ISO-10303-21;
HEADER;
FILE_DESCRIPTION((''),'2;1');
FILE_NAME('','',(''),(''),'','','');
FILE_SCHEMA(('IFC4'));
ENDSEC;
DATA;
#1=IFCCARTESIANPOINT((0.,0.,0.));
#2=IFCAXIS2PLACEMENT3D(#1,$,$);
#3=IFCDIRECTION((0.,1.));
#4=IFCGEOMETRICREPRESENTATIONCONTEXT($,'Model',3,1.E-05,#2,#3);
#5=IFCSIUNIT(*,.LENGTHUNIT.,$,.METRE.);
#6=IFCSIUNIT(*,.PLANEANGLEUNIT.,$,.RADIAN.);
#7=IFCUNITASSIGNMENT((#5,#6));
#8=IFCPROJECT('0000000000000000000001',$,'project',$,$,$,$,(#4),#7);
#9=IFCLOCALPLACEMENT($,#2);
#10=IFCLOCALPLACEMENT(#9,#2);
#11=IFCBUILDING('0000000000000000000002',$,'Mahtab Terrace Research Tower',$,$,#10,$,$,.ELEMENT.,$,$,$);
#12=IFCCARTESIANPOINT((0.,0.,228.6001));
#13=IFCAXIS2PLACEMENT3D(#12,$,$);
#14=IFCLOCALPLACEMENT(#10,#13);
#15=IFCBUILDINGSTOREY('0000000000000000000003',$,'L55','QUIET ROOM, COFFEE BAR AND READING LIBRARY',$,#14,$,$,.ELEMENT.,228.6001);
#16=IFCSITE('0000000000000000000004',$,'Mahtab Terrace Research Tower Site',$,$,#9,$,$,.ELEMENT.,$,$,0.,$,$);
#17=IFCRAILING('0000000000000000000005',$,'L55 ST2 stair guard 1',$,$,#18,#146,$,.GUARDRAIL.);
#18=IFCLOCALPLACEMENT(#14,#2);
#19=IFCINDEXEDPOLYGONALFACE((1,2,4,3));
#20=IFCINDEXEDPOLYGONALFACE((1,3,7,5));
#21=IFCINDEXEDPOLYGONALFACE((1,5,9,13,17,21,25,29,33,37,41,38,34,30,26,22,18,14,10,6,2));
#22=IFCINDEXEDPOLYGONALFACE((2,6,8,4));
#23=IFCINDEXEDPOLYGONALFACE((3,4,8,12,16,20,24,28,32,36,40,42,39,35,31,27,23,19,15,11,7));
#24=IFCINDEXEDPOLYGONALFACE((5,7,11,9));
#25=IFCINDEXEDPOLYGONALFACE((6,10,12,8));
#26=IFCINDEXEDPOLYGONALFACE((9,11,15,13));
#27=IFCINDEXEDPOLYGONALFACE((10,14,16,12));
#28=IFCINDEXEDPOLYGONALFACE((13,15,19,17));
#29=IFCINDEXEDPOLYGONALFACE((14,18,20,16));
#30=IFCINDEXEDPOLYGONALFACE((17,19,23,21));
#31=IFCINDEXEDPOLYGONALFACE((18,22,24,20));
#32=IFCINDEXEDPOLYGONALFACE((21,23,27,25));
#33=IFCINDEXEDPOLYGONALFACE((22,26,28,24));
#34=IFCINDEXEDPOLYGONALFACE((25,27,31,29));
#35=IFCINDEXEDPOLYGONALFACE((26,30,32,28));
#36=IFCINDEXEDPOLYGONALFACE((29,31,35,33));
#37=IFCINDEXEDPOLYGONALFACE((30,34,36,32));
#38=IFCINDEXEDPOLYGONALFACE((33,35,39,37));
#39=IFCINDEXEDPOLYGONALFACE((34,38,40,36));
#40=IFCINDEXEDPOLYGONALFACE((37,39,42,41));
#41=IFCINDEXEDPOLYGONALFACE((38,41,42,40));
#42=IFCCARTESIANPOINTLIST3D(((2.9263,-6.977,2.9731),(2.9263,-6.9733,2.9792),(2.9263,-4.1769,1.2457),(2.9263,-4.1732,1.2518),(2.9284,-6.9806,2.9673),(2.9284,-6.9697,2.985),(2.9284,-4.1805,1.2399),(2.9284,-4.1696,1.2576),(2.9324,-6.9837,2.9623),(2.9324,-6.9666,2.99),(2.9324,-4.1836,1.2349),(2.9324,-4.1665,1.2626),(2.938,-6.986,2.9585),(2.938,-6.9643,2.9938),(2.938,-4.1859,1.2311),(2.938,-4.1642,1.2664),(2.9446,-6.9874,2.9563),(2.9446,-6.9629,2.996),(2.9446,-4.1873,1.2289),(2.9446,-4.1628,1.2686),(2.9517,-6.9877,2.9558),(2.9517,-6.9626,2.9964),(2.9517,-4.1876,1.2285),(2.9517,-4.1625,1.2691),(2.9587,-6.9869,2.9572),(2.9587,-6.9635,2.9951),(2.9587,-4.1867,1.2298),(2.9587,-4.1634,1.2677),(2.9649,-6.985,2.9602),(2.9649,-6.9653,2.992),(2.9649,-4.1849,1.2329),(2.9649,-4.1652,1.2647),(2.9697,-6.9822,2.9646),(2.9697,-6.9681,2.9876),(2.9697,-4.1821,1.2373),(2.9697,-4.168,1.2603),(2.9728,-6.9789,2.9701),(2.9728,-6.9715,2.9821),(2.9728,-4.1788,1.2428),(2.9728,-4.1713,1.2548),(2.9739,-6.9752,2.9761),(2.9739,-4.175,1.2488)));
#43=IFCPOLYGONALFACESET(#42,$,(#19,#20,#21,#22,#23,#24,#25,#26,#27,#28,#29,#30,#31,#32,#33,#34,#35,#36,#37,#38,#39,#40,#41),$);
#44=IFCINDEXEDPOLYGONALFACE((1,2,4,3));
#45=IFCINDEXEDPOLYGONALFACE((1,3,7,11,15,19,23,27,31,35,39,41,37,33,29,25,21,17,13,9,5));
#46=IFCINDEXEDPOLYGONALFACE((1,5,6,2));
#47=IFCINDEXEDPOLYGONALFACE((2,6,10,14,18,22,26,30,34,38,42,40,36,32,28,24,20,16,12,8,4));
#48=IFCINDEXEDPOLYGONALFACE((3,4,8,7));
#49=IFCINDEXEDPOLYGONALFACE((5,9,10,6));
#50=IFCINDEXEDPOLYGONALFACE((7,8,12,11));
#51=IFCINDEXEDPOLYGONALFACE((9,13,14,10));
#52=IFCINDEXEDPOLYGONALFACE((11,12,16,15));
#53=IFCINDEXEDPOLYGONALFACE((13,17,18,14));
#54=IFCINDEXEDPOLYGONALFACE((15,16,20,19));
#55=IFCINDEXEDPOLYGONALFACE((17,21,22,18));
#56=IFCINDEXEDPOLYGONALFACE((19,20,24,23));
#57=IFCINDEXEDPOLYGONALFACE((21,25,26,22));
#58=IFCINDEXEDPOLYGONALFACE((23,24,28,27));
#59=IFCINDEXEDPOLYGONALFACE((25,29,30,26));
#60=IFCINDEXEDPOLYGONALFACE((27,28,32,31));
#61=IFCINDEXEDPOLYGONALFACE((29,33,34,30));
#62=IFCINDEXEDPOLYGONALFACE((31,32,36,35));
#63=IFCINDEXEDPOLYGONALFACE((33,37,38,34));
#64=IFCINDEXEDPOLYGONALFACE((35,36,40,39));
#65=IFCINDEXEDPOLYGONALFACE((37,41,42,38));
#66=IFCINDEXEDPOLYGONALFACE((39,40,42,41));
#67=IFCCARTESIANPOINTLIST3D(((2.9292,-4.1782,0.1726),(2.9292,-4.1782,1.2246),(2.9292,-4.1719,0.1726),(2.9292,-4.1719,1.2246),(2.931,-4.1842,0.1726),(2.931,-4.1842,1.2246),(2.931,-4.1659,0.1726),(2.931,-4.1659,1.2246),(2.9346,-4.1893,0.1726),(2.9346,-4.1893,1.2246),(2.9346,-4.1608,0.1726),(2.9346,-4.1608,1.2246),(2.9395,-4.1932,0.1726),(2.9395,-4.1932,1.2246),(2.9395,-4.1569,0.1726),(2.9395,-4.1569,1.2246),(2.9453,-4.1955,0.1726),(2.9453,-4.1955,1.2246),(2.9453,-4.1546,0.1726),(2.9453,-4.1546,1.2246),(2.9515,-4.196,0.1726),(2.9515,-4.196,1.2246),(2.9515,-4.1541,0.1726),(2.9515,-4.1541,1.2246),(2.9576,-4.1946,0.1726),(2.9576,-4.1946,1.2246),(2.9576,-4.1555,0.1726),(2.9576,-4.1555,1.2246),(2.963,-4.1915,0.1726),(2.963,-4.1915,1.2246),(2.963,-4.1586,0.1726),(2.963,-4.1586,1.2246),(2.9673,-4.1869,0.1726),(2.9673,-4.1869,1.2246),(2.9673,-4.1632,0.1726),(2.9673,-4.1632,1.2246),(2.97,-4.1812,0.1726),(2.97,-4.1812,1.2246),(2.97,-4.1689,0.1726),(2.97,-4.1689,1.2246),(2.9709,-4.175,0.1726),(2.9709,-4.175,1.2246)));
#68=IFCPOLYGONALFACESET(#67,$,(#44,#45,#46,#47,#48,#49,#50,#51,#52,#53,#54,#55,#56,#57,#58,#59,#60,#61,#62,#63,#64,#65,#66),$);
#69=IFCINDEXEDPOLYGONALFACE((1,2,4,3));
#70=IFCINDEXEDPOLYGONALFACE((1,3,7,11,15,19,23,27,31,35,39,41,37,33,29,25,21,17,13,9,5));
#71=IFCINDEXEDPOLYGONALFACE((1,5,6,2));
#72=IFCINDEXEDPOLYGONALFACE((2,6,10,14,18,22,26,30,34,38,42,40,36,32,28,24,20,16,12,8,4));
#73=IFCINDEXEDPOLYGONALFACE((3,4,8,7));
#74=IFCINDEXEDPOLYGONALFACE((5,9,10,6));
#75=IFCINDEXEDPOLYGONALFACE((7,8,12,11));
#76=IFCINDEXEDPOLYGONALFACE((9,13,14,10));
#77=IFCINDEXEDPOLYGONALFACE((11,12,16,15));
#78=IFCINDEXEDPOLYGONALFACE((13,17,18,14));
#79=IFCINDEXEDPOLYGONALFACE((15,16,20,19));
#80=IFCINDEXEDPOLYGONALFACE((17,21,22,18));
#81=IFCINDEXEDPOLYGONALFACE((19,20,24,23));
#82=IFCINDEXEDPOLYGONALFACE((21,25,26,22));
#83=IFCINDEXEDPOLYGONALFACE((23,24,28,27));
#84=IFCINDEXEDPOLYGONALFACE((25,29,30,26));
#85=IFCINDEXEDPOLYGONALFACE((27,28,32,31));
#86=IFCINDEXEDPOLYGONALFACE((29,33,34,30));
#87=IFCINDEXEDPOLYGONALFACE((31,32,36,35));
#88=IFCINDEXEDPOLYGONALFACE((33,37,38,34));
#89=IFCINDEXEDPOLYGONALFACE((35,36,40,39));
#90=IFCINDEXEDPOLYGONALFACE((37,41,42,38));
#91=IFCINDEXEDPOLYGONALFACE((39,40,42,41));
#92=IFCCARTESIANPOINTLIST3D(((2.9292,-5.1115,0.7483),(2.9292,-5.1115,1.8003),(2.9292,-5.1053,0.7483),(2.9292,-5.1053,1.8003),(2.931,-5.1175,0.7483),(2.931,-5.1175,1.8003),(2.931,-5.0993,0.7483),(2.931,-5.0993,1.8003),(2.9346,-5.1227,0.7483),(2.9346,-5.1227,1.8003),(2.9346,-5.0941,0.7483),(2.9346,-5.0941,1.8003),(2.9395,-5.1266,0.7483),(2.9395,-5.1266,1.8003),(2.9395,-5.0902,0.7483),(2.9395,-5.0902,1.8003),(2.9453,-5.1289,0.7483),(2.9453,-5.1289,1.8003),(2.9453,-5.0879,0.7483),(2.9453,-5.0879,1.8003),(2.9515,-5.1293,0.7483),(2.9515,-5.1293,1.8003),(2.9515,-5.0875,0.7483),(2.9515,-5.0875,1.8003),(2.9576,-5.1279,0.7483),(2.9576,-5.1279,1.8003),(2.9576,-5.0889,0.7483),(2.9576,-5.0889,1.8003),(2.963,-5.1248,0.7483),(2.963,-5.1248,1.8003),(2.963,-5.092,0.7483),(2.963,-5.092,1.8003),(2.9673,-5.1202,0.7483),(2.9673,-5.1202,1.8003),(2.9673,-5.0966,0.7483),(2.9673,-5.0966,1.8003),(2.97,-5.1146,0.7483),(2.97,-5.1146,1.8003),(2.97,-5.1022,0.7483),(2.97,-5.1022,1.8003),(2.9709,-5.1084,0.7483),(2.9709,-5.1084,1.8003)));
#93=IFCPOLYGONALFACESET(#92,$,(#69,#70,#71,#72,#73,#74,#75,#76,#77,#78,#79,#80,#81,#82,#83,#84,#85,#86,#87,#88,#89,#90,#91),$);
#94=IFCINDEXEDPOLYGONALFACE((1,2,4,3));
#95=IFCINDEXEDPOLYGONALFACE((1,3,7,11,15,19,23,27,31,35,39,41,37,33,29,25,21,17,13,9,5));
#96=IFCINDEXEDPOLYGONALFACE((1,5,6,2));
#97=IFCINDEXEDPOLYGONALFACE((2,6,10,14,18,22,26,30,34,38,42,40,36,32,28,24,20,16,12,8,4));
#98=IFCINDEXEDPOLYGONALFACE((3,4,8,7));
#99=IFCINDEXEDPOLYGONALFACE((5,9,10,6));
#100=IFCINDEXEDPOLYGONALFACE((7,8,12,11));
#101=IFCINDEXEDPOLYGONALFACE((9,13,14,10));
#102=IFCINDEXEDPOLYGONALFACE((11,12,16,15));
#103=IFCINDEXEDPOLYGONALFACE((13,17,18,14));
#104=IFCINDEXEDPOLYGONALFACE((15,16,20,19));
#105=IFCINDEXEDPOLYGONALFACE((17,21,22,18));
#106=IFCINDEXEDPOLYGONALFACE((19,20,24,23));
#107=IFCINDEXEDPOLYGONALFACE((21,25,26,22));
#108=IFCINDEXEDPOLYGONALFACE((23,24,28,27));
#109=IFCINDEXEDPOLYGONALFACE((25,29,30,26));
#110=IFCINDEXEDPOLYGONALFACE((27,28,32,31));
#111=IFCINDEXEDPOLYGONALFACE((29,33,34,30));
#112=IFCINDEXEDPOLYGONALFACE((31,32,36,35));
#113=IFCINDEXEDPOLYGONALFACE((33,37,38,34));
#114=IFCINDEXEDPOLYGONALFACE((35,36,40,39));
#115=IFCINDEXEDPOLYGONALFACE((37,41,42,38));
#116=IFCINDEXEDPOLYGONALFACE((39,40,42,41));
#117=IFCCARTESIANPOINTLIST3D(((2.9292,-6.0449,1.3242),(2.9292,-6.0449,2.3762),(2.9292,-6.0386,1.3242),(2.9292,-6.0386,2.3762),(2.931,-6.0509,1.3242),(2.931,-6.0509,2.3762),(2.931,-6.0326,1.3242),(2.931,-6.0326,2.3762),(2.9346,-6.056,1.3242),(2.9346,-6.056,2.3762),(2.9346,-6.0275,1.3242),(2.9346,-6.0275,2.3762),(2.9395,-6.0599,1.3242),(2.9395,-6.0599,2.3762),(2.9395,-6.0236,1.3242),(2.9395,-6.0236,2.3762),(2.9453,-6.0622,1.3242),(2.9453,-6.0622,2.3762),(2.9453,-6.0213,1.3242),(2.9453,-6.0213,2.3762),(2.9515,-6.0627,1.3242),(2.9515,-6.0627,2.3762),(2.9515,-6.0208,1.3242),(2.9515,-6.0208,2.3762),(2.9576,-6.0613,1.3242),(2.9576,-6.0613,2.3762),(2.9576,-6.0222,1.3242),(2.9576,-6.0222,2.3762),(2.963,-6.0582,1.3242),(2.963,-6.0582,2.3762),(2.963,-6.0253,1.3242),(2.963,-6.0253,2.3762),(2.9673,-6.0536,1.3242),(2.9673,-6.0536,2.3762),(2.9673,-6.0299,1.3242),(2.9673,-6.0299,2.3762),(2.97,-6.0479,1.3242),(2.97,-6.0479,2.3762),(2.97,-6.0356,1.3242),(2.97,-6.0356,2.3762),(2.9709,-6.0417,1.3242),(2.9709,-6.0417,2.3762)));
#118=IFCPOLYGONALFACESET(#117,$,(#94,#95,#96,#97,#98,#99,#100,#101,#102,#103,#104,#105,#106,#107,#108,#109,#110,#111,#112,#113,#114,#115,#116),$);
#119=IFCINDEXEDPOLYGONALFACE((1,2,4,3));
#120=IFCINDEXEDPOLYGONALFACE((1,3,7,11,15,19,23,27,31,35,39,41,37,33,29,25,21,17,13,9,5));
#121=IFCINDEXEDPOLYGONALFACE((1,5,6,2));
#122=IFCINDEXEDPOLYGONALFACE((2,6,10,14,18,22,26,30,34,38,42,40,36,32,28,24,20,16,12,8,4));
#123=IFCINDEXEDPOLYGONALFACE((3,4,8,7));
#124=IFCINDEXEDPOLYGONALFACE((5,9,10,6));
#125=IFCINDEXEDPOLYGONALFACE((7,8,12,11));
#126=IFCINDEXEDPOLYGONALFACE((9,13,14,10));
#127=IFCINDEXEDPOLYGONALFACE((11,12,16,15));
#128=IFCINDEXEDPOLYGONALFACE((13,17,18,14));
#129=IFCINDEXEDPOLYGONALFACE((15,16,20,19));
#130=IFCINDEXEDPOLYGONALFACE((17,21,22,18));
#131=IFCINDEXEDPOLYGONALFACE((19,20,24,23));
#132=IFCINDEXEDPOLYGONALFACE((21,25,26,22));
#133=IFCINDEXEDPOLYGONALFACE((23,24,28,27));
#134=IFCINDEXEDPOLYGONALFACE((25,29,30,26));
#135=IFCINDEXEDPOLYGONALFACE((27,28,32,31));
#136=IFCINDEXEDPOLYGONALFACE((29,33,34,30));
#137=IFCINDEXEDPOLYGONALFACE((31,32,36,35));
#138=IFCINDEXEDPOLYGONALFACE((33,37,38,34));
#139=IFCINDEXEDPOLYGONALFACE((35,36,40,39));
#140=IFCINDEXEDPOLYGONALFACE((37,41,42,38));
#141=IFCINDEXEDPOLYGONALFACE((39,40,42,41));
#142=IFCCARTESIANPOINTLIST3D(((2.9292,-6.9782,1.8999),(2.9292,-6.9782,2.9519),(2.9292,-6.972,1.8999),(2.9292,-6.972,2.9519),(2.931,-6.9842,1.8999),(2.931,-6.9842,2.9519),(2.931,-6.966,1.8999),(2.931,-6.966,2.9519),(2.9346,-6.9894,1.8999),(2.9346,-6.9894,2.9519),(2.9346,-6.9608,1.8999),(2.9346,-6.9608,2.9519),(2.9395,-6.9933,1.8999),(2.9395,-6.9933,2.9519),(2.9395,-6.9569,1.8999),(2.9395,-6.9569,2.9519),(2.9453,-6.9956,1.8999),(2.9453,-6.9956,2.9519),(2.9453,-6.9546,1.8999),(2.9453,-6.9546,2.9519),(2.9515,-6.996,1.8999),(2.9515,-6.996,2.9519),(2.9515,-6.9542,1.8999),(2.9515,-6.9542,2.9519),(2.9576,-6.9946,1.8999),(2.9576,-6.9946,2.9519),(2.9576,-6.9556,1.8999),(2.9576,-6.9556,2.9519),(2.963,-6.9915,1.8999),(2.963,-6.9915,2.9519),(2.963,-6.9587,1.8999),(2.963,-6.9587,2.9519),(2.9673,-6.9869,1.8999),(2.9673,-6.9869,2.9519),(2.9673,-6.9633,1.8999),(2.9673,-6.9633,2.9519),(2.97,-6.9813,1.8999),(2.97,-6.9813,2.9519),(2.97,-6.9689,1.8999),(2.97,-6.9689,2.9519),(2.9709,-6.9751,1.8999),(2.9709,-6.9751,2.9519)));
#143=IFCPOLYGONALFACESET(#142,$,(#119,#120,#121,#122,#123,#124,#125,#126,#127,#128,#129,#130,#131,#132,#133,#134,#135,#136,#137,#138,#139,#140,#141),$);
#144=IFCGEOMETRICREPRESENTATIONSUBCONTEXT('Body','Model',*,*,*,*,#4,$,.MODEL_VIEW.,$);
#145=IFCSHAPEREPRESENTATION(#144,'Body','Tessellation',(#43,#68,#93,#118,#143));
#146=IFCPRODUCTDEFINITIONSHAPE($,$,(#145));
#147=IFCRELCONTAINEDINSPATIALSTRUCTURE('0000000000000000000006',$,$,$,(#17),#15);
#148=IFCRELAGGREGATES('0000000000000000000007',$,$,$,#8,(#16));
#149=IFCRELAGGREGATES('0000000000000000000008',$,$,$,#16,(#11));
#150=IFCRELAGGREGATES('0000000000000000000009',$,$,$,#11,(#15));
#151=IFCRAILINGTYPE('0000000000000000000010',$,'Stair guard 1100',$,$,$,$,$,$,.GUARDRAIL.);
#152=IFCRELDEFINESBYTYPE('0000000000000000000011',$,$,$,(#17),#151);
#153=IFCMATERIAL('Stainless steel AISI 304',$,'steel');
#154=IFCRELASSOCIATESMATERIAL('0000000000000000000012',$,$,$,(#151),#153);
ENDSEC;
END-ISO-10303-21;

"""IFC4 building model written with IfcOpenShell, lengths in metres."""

from ifc_helpers import new_model, si_unit, direction, frame, origin, origin_2d, place, context, subcontext, project, spatial, circle, extrude, material, type_object, element, save


model = new_model("IFC4")

# Units and contexts
model_context = context("Model", 3, precision=1e-05, world=origin(), true_north=direction((0.0, 1.0)))
body_context = subcontext(model_context, "Body", "Model", "MODEL_VIEW")
ifc_project = project(units=[si_unit("LENGTHUNIT", "METRE"), si_unit("PLANEANGLEUNIT", "RADIAN")], contexts=[model_context])

# Site, building, storey
site_placement = place(None, origin())
site = spatial("IfcSite", under=ifc_project, at=site_placement, Name="Mahtab Terrace Research Tower Site", CompositionType="ELEMENT", RefElevation=0.0)
building_placement = place(site_placement, origin())
building = spatial("IfcBuilding", under=site, at=building_placement, Name="Mahtab Terrace Research Tower", CompositionType="ELEMENT")
storey_placement = place(building_placement, frame((0.0, 0.0, 228.6001)))
storey = spatial("IfcBuildingStorey", under=building, at=storey_placement, Name="L55", Description="QUIET ROOM, COFFEE BAR AND READING LIBRARY", CompositionType="ELEMENT", Elevation=228.6001)

# Shared definitions
ifc_material_1 = material(Name="Stainless steel AISI 304", Category="steel")

# Railing
railing_type_1 = type_object("IfcRailingType", Name="Stair guard 1100", PredefinedType="GUARDRAIL", material=ifc_material_1)
railing_1_placement = place(storey_placement, frame((2.95, -4.175, 0.1726)))
element("IfcRailing", 1, at=railing_1_placement, inside=storey, type_object=railing_type_1, Name="L55 ST2 stair guard 1", PredefinedType="GUARDRAIL", context=body_context, shape_type="SweptSolid", body=[
    extrude(circle(Radius=0.0239, at=origin_2d()), frame((0.0, 0.0, 1.0762), z_axis=(0.0, -0.85109, 0.52502), x_axis=(1.0, 0.0, 0.0)), (0.0, 0.0, 1.0), 3.29),
    extrude(circle(Radius=0.021, at=origin_2d()), origin(), (0.0, 0.0, 1.0), 1.052),
    extrude(circle(Radius=0.021, at=origin_2d()), frame((0.0, -0.9333, 0.5757)), (0.0, 0.0, 1.0), 1.052),
    extrude(circle(Radius=0.021, at=origin_2d()), frame((0.0, -1.8667, 1.1516)), (0.0, 0.0, 1.0), 1.052),
    extrude(circle(Radius=0.021, at=origin_2d()), frame((0.0, -2.8, 1.7273)), (0.0, 0.0, 1.0), 1.052),
])

save(model, "model.ifc")
